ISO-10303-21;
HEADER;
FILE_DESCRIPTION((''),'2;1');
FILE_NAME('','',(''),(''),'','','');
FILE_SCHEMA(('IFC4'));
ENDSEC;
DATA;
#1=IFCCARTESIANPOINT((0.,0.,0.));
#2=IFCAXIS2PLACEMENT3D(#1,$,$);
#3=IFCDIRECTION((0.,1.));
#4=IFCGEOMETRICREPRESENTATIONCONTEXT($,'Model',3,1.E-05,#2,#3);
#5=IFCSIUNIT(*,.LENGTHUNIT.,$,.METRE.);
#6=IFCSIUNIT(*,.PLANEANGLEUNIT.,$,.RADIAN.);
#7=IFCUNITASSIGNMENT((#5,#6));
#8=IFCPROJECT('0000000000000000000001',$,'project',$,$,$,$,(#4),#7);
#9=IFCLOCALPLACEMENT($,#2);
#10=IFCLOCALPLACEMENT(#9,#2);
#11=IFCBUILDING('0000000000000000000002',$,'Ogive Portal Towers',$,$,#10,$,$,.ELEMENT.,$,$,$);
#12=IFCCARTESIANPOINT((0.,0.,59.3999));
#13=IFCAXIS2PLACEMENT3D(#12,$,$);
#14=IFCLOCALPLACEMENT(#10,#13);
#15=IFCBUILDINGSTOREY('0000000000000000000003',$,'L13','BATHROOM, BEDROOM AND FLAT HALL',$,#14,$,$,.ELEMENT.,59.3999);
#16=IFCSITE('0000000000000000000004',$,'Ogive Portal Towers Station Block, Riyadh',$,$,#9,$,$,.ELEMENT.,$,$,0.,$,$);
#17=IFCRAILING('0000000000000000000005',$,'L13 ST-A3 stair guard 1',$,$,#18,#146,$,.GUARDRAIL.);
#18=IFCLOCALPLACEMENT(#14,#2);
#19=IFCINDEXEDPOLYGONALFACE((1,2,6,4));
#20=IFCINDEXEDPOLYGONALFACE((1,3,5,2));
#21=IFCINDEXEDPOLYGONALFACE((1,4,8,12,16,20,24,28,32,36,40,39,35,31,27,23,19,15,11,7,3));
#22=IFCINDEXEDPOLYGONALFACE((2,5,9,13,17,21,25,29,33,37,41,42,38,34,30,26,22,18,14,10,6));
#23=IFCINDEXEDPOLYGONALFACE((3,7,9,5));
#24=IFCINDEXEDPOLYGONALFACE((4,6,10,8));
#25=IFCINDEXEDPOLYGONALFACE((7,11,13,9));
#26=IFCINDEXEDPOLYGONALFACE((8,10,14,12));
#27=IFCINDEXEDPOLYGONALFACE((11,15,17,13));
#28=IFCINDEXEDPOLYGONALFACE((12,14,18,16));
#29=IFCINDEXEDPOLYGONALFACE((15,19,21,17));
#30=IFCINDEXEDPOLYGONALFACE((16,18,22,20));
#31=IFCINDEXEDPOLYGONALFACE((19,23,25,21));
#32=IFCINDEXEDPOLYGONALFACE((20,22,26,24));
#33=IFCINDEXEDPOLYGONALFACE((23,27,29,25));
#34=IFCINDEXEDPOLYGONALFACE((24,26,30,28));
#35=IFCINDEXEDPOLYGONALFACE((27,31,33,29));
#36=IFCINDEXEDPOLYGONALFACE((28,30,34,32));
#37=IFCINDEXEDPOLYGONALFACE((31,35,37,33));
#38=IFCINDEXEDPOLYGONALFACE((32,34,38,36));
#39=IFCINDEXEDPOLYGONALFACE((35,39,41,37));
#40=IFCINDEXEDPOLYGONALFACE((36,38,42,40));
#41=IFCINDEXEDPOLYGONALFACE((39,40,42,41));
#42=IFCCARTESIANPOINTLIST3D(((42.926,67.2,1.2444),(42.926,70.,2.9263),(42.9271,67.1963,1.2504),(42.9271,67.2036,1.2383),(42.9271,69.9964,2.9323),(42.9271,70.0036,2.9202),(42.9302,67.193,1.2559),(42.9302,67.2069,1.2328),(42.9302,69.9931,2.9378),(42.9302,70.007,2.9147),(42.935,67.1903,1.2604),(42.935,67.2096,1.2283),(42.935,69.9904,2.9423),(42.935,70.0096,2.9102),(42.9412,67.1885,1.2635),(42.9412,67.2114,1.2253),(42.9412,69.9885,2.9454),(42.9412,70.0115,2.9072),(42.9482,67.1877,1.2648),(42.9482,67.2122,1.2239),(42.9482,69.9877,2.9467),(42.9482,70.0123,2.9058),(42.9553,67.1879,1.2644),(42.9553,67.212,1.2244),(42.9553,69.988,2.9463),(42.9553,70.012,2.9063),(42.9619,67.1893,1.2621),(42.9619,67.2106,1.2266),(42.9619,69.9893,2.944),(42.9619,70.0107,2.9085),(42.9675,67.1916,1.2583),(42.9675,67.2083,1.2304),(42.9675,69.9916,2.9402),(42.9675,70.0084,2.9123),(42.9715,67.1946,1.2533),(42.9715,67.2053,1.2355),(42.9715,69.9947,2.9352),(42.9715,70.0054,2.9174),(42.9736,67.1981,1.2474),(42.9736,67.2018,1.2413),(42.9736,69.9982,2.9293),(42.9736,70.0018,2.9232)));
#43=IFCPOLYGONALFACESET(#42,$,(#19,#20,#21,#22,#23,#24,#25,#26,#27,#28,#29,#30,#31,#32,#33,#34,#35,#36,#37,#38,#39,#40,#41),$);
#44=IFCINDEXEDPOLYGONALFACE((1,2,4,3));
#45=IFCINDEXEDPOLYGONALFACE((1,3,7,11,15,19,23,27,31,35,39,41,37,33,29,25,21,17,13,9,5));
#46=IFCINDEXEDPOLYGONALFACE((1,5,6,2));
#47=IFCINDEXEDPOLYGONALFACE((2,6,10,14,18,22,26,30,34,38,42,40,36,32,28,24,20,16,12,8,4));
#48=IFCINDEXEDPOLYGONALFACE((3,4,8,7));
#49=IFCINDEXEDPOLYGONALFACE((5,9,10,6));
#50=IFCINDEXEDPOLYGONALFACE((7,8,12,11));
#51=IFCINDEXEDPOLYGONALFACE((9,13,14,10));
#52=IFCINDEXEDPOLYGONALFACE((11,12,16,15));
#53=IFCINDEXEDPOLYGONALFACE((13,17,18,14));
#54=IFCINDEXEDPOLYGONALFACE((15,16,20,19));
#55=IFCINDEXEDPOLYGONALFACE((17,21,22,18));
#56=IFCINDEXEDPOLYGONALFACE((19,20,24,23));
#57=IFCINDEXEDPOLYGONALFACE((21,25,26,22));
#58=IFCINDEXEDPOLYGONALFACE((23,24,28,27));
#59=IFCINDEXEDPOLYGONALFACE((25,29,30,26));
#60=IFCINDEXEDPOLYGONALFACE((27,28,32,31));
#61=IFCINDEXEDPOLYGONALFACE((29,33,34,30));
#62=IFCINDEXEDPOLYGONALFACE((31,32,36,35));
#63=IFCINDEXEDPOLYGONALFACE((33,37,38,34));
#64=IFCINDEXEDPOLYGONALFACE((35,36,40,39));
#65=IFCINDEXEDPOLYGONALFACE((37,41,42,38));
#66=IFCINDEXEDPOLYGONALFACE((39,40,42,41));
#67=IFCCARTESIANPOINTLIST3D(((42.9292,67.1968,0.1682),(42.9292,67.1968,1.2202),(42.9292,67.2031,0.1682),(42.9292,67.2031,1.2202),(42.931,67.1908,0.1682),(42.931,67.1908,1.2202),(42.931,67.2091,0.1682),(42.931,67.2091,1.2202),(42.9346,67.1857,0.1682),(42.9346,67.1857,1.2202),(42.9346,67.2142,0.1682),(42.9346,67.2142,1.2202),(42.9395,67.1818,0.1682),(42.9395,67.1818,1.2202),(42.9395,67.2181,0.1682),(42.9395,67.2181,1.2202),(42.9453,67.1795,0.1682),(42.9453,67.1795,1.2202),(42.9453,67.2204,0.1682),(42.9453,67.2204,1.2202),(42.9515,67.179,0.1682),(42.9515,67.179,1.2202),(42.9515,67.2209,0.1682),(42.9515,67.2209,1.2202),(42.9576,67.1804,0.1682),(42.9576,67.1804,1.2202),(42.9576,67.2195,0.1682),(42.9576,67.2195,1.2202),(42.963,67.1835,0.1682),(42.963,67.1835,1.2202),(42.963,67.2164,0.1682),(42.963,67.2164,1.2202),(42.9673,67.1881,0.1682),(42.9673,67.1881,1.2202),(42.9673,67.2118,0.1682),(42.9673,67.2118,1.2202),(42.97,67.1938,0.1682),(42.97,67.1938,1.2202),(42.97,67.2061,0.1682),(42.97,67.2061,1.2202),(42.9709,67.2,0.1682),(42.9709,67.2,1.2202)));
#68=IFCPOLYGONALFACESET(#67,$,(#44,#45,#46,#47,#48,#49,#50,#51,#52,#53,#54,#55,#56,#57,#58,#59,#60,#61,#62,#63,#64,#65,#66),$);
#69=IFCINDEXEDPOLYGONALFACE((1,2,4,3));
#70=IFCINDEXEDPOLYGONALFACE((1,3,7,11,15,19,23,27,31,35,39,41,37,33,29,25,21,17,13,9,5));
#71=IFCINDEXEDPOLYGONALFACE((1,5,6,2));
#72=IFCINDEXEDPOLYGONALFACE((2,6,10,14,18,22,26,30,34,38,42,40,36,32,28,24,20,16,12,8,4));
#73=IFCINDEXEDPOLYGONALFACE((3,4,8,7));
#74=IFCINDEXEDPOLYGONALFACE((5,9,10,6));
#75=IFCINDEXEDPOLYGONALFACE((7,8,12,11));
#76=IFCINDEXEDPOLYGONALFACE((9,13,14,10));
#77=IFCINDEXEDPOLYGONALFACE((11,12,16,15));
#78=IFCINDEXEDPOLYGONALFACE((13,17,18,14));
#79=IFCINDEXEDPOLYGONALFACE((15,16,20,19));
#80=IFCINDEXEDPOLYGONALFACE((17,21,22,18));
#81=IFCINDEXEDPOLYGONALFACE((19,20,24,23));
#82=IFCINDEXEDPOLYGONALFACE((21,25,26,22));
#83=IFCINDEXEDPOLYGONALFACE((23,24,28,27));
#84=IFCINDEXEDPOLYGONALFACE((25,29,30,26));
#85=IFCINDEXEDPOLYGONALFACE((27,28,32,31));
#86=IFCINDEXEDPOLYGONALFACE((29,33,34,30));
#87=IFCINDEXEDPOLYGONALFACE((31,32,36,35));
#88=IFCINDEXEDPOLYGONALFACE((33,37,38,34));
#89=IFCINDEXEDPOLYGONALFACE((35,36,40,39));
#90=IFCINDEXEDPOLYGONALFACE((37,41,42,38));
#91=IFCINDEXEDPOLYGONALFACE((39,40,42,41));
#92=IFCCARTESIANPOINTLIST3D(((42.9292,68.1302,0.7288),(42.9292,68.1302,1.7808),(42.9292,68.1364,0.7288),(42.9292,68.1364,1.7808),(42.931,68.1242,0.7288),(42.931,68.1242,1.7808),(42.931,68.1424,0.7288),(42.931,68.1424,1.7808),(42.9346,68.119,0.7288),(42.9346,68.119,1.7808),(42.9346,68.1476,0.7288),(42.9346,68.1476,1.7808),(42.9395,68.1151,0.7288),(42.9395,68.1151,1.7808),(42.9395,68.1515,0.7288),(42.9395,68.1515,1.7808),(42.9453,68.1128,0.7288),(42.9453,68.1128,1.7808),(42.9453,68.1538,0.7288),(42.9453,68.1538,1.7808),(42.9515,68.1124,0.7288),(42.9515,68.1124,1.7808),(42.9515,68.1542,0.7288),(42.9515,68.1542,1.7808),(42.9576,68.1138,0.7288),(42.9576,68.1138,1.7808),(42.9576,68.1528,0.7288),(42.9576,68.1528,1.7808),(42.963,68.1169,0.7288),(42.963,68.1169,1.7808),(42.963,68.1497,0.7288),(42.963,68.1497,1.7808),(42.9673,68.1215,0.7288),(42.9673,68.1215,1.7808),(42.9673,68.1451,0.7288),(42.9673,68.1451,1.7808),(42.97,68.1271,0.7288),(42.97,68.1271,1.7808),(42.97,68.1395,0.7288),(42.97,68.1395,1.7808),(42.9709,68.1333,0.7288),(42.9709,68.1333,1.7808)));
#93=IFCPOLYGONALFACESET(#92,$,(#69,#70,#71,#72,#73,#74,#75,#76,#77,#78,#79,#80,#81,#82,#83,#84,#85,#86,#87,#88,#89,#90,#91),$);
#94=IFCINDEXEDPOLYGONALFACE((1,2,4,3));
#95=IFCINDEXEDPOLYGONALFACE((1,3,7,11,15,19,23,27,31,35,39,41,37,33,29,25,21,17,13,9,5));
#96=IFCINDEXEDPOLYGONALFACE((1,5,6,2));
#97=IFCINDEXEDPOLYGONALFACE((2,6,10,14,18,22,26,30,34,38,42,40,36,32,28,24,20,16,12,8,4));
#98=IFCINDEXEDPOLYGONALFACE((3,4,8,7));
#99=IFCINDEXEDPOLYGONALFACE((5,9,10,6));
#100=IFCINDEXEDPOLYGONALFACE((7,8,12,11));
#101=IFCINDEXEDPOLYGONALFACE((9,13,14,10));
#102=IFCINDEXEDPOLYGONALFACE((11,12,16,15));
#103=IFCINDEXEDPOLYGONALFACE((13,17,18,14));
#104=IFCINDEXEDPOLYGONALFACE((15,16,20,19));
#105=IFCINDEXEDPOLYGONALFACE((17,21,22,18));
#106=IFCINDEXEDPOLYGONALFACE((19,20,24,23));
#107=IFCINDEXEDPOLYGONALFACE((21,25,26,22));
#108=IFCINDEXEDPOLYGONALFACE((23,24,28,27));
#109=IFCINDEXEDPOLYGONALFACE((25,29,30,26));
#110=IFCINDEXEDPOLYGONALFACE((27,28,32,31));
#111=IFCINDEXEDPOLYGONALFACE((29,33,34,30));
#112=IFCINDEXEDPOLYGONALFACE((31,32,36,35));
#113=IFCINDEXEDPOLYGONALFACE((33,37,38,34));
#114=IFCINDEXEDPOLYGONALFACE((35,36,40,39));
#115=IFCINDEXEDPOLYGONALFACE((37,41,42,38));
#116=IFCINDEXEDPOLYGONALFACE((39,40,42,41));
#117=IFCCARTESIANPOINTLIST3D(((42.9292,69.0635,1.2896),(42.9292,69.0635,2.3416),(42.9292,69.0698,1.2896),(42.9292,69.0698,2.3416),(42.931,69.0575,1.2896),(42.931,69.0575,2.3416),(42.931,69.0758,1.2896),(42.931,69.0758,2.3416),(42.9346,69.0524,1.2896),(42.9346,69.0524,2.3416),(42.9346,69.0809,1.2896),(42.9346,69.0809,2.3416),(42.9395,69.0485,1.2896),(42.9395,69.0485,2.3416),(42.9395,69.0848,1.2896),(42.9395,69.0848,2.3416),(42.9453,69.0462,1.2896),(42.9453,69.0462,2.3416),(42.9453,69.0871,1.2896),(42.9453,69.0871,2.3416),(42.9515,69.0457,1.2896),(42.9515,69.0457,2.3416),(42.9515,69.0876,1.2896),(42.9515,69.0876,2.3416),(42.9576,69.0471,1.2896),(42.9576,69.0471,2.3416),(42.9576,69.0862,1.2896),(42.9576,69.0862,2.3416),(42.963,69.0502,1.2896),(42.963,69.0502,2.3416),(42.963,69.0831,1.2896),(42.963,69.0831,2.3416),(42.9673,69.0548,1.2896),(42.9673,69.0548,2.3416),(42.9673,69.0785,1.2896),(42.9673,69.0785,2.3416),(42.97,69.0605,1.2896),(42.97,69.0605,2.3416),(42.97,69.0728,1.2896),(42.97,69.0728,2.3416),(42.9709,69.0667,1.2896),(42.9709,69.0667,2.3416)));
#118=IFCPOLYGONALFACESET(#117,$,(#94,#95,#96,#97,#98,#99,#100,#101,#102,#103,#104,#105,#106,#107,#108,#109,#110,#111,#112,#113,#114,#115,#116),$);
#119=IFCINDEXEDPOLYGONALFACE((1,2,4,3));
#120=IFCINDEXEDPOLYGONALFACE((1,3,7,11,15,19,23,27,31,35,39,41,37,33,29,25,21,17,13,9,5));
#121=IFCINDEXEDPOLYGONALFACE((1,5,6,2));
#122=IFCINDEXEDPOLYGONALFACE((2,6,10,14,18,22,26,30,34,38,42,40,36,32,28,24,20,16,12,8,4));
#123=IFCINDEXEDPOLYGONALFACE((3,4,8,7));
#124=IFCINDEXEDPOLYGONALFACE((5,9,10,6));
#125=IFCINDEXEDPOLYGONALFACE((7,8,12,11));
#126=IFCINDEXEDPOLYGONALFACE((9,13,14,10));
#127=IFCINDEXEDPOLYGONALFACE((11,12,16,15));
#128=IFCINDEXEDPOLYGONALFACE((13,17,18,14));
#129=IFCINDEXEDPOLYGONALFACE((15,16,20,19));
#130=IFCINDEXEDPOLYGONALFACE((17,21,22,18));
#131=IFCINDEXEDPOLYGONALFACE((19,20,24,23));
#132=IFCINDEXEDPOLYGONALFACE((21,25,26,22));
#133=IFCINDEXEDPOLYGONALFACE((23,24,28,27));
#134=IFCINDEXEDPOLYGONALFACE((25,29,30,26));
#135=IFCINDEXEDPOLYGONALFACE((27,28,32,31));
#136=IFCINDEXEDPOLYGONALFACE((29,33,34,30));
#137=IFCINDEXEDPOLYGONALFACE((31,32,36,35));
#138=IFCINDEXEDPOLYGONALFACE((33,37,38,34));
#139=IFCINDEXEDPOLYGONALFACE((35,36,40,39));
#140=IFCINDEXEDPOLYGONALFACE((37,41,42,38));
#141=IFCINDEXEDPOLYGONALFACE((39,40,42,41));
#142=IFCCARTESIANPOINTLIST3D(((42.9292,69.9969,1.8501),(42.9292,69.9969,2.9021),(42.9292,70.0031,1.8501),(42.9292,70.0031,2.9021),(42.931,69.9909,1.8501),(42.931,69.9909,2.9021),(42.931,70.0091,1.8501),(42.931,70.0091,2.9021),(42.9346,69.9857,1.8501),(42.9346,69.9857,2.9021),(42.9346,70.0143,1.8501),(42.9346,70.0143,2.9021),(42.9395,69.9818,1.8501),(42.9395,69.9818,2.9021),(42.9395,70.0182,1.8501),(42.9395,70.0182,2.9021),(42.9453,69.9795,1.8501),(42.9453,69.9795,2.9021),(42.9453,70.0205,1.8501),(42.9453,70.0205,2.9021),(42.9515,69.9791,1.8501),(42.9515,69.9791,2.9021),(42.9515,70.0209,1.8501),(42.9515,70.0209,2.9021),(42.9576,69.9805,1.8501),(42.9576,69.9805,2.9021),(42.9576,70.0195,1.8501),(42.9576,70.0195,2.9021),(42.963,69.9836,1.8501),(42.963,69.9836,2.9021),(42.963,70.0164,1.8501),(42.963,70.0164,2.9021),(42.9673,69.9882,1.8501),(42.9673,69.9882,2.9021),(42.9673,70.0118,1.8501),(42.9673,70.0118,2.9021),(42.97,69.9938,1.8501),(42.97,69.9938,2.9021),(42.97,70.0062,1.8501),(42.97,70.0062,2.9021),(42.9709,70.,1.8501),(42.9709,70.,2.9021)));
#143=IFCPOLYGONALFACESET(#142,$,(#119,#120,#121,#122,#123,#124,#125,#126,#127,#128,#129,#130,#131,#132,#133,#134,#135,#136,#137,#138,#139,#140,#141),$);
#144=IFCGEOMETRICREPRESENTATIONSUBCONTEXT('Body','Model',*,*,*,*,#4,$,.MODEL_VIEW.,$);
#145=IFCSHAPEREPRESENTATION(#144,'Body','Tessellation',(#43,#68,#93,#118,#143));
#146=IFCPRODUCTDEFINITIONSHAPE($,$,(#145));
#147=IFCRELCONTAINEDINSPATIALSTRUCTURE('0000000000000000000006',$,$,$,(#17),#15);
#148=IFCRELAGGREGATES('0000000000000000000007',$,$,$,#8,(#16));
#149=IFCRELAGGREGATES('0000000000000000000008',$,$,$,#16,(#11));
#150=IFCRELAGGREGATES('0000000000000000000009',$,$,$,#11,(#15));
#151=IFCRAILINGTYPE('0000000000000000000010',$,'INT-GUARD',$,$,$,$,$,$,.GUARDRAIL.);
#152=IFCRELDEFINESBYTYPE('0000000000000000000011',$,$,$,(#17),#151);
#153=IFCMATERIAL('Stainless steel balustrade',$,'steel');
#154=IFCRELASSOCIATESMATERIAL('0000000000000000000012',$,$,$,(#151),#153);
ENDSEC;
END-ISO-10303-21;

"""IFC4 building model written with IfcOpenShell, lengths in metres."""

from ifc_helpers import new_model, si_unit, direction, frame, origin, origin_2d, place, context, subcontext, project, spatial, circle, extrude, material, type_object, element, save


model = new_model("IFC4")

# Units and contexts
model_context = context("Model", 3, precision=1e-05, world=origin(), true_north=direction((0.0, 1.0)))
body_context = subcontext(model_context, "Body", "Model", "MODEL_VIEW")
ifc_project = project(units=[si_unit("LENGTHUNIT", "METRE"), si_unit("PLANEANGLEUNIT", "RADIAN")], contexts=[model_context])

# Site, building, storey
site_placement = place(None, origin())
site = spatial("IfcSite", under=ifc_project, at=site_placement, Name="Ogive Portal Towers Station Block, Riyadh", CompositionType="ELEMENT", RefElevation=0.0)
building_placement = place(site_placement, origin())
building = spatial("IfcBuilding", under=site, at=building_placement, Name="Ogive Portal Towers", CompositionType="ELEMENT")
storey_placement = place(building_placement, frame((0.0, 0.0, 59.3999)))
storey = spatial("IfcBuildingStorey", under=building, at=storey_placement, Name="L13", Description="BATHROOM, BEDROOM AND FLAT HALL", CompositionType="ELEMENT", Elevation=59.3999)

# Railing
ifc_material_1 = material(Name="Stainless steel balustrade", Category="steel")
railing_type_1 = type_object("IfcRailingType", Name="INT-GUARD", PredefinedType="GUARDRAIL", material=ifc_material_1)
railing_1_placement = place(storey_placement, frame((42.95, 67.2, 0.1682)))
element("IfcRailing", 1, at=railing_1_placement, inside=storey, type_object=railing_type_1, Name="L13 ST-A3 stair guard 1", PredefinedType="GUARDRAIL", context=body_context, shape_type="SweptSolid", body=[
    extrude(circle(Radius=0.0239, at=origin_2d()), frame((0.0, 0.0, 1.0762), z_axis=(0.0, 0.857242, 0.514913), x_axis=(-1.0, 0.0, 0.0)), (0.0, 0.0, 1.0), 3.2664),
    extrude(circle(Radius=0.021, at=origin_2d()), origin(), (0.0, 0.0, 1.0), 1.052),
    extrude(circle(Radius=0.021, at=origin_2d()), frame((0.0, 0.9333, 0.5605)), (0.0, 0.0, 1.0), 1.052),
    extrude(circle(Radius=0.021, at=origin_2d()), frame((0.0, 1.8667, 1.1213)), (0.0, 0.0, 1.0), 1.052),
    extrude(circle(Radius=0.021, at=origin_2d()), frame((0.0, 2.8, 1.6819)), (0.0, 0.0, 1.0), 1.052),
])

save(model, "model.ifc")
